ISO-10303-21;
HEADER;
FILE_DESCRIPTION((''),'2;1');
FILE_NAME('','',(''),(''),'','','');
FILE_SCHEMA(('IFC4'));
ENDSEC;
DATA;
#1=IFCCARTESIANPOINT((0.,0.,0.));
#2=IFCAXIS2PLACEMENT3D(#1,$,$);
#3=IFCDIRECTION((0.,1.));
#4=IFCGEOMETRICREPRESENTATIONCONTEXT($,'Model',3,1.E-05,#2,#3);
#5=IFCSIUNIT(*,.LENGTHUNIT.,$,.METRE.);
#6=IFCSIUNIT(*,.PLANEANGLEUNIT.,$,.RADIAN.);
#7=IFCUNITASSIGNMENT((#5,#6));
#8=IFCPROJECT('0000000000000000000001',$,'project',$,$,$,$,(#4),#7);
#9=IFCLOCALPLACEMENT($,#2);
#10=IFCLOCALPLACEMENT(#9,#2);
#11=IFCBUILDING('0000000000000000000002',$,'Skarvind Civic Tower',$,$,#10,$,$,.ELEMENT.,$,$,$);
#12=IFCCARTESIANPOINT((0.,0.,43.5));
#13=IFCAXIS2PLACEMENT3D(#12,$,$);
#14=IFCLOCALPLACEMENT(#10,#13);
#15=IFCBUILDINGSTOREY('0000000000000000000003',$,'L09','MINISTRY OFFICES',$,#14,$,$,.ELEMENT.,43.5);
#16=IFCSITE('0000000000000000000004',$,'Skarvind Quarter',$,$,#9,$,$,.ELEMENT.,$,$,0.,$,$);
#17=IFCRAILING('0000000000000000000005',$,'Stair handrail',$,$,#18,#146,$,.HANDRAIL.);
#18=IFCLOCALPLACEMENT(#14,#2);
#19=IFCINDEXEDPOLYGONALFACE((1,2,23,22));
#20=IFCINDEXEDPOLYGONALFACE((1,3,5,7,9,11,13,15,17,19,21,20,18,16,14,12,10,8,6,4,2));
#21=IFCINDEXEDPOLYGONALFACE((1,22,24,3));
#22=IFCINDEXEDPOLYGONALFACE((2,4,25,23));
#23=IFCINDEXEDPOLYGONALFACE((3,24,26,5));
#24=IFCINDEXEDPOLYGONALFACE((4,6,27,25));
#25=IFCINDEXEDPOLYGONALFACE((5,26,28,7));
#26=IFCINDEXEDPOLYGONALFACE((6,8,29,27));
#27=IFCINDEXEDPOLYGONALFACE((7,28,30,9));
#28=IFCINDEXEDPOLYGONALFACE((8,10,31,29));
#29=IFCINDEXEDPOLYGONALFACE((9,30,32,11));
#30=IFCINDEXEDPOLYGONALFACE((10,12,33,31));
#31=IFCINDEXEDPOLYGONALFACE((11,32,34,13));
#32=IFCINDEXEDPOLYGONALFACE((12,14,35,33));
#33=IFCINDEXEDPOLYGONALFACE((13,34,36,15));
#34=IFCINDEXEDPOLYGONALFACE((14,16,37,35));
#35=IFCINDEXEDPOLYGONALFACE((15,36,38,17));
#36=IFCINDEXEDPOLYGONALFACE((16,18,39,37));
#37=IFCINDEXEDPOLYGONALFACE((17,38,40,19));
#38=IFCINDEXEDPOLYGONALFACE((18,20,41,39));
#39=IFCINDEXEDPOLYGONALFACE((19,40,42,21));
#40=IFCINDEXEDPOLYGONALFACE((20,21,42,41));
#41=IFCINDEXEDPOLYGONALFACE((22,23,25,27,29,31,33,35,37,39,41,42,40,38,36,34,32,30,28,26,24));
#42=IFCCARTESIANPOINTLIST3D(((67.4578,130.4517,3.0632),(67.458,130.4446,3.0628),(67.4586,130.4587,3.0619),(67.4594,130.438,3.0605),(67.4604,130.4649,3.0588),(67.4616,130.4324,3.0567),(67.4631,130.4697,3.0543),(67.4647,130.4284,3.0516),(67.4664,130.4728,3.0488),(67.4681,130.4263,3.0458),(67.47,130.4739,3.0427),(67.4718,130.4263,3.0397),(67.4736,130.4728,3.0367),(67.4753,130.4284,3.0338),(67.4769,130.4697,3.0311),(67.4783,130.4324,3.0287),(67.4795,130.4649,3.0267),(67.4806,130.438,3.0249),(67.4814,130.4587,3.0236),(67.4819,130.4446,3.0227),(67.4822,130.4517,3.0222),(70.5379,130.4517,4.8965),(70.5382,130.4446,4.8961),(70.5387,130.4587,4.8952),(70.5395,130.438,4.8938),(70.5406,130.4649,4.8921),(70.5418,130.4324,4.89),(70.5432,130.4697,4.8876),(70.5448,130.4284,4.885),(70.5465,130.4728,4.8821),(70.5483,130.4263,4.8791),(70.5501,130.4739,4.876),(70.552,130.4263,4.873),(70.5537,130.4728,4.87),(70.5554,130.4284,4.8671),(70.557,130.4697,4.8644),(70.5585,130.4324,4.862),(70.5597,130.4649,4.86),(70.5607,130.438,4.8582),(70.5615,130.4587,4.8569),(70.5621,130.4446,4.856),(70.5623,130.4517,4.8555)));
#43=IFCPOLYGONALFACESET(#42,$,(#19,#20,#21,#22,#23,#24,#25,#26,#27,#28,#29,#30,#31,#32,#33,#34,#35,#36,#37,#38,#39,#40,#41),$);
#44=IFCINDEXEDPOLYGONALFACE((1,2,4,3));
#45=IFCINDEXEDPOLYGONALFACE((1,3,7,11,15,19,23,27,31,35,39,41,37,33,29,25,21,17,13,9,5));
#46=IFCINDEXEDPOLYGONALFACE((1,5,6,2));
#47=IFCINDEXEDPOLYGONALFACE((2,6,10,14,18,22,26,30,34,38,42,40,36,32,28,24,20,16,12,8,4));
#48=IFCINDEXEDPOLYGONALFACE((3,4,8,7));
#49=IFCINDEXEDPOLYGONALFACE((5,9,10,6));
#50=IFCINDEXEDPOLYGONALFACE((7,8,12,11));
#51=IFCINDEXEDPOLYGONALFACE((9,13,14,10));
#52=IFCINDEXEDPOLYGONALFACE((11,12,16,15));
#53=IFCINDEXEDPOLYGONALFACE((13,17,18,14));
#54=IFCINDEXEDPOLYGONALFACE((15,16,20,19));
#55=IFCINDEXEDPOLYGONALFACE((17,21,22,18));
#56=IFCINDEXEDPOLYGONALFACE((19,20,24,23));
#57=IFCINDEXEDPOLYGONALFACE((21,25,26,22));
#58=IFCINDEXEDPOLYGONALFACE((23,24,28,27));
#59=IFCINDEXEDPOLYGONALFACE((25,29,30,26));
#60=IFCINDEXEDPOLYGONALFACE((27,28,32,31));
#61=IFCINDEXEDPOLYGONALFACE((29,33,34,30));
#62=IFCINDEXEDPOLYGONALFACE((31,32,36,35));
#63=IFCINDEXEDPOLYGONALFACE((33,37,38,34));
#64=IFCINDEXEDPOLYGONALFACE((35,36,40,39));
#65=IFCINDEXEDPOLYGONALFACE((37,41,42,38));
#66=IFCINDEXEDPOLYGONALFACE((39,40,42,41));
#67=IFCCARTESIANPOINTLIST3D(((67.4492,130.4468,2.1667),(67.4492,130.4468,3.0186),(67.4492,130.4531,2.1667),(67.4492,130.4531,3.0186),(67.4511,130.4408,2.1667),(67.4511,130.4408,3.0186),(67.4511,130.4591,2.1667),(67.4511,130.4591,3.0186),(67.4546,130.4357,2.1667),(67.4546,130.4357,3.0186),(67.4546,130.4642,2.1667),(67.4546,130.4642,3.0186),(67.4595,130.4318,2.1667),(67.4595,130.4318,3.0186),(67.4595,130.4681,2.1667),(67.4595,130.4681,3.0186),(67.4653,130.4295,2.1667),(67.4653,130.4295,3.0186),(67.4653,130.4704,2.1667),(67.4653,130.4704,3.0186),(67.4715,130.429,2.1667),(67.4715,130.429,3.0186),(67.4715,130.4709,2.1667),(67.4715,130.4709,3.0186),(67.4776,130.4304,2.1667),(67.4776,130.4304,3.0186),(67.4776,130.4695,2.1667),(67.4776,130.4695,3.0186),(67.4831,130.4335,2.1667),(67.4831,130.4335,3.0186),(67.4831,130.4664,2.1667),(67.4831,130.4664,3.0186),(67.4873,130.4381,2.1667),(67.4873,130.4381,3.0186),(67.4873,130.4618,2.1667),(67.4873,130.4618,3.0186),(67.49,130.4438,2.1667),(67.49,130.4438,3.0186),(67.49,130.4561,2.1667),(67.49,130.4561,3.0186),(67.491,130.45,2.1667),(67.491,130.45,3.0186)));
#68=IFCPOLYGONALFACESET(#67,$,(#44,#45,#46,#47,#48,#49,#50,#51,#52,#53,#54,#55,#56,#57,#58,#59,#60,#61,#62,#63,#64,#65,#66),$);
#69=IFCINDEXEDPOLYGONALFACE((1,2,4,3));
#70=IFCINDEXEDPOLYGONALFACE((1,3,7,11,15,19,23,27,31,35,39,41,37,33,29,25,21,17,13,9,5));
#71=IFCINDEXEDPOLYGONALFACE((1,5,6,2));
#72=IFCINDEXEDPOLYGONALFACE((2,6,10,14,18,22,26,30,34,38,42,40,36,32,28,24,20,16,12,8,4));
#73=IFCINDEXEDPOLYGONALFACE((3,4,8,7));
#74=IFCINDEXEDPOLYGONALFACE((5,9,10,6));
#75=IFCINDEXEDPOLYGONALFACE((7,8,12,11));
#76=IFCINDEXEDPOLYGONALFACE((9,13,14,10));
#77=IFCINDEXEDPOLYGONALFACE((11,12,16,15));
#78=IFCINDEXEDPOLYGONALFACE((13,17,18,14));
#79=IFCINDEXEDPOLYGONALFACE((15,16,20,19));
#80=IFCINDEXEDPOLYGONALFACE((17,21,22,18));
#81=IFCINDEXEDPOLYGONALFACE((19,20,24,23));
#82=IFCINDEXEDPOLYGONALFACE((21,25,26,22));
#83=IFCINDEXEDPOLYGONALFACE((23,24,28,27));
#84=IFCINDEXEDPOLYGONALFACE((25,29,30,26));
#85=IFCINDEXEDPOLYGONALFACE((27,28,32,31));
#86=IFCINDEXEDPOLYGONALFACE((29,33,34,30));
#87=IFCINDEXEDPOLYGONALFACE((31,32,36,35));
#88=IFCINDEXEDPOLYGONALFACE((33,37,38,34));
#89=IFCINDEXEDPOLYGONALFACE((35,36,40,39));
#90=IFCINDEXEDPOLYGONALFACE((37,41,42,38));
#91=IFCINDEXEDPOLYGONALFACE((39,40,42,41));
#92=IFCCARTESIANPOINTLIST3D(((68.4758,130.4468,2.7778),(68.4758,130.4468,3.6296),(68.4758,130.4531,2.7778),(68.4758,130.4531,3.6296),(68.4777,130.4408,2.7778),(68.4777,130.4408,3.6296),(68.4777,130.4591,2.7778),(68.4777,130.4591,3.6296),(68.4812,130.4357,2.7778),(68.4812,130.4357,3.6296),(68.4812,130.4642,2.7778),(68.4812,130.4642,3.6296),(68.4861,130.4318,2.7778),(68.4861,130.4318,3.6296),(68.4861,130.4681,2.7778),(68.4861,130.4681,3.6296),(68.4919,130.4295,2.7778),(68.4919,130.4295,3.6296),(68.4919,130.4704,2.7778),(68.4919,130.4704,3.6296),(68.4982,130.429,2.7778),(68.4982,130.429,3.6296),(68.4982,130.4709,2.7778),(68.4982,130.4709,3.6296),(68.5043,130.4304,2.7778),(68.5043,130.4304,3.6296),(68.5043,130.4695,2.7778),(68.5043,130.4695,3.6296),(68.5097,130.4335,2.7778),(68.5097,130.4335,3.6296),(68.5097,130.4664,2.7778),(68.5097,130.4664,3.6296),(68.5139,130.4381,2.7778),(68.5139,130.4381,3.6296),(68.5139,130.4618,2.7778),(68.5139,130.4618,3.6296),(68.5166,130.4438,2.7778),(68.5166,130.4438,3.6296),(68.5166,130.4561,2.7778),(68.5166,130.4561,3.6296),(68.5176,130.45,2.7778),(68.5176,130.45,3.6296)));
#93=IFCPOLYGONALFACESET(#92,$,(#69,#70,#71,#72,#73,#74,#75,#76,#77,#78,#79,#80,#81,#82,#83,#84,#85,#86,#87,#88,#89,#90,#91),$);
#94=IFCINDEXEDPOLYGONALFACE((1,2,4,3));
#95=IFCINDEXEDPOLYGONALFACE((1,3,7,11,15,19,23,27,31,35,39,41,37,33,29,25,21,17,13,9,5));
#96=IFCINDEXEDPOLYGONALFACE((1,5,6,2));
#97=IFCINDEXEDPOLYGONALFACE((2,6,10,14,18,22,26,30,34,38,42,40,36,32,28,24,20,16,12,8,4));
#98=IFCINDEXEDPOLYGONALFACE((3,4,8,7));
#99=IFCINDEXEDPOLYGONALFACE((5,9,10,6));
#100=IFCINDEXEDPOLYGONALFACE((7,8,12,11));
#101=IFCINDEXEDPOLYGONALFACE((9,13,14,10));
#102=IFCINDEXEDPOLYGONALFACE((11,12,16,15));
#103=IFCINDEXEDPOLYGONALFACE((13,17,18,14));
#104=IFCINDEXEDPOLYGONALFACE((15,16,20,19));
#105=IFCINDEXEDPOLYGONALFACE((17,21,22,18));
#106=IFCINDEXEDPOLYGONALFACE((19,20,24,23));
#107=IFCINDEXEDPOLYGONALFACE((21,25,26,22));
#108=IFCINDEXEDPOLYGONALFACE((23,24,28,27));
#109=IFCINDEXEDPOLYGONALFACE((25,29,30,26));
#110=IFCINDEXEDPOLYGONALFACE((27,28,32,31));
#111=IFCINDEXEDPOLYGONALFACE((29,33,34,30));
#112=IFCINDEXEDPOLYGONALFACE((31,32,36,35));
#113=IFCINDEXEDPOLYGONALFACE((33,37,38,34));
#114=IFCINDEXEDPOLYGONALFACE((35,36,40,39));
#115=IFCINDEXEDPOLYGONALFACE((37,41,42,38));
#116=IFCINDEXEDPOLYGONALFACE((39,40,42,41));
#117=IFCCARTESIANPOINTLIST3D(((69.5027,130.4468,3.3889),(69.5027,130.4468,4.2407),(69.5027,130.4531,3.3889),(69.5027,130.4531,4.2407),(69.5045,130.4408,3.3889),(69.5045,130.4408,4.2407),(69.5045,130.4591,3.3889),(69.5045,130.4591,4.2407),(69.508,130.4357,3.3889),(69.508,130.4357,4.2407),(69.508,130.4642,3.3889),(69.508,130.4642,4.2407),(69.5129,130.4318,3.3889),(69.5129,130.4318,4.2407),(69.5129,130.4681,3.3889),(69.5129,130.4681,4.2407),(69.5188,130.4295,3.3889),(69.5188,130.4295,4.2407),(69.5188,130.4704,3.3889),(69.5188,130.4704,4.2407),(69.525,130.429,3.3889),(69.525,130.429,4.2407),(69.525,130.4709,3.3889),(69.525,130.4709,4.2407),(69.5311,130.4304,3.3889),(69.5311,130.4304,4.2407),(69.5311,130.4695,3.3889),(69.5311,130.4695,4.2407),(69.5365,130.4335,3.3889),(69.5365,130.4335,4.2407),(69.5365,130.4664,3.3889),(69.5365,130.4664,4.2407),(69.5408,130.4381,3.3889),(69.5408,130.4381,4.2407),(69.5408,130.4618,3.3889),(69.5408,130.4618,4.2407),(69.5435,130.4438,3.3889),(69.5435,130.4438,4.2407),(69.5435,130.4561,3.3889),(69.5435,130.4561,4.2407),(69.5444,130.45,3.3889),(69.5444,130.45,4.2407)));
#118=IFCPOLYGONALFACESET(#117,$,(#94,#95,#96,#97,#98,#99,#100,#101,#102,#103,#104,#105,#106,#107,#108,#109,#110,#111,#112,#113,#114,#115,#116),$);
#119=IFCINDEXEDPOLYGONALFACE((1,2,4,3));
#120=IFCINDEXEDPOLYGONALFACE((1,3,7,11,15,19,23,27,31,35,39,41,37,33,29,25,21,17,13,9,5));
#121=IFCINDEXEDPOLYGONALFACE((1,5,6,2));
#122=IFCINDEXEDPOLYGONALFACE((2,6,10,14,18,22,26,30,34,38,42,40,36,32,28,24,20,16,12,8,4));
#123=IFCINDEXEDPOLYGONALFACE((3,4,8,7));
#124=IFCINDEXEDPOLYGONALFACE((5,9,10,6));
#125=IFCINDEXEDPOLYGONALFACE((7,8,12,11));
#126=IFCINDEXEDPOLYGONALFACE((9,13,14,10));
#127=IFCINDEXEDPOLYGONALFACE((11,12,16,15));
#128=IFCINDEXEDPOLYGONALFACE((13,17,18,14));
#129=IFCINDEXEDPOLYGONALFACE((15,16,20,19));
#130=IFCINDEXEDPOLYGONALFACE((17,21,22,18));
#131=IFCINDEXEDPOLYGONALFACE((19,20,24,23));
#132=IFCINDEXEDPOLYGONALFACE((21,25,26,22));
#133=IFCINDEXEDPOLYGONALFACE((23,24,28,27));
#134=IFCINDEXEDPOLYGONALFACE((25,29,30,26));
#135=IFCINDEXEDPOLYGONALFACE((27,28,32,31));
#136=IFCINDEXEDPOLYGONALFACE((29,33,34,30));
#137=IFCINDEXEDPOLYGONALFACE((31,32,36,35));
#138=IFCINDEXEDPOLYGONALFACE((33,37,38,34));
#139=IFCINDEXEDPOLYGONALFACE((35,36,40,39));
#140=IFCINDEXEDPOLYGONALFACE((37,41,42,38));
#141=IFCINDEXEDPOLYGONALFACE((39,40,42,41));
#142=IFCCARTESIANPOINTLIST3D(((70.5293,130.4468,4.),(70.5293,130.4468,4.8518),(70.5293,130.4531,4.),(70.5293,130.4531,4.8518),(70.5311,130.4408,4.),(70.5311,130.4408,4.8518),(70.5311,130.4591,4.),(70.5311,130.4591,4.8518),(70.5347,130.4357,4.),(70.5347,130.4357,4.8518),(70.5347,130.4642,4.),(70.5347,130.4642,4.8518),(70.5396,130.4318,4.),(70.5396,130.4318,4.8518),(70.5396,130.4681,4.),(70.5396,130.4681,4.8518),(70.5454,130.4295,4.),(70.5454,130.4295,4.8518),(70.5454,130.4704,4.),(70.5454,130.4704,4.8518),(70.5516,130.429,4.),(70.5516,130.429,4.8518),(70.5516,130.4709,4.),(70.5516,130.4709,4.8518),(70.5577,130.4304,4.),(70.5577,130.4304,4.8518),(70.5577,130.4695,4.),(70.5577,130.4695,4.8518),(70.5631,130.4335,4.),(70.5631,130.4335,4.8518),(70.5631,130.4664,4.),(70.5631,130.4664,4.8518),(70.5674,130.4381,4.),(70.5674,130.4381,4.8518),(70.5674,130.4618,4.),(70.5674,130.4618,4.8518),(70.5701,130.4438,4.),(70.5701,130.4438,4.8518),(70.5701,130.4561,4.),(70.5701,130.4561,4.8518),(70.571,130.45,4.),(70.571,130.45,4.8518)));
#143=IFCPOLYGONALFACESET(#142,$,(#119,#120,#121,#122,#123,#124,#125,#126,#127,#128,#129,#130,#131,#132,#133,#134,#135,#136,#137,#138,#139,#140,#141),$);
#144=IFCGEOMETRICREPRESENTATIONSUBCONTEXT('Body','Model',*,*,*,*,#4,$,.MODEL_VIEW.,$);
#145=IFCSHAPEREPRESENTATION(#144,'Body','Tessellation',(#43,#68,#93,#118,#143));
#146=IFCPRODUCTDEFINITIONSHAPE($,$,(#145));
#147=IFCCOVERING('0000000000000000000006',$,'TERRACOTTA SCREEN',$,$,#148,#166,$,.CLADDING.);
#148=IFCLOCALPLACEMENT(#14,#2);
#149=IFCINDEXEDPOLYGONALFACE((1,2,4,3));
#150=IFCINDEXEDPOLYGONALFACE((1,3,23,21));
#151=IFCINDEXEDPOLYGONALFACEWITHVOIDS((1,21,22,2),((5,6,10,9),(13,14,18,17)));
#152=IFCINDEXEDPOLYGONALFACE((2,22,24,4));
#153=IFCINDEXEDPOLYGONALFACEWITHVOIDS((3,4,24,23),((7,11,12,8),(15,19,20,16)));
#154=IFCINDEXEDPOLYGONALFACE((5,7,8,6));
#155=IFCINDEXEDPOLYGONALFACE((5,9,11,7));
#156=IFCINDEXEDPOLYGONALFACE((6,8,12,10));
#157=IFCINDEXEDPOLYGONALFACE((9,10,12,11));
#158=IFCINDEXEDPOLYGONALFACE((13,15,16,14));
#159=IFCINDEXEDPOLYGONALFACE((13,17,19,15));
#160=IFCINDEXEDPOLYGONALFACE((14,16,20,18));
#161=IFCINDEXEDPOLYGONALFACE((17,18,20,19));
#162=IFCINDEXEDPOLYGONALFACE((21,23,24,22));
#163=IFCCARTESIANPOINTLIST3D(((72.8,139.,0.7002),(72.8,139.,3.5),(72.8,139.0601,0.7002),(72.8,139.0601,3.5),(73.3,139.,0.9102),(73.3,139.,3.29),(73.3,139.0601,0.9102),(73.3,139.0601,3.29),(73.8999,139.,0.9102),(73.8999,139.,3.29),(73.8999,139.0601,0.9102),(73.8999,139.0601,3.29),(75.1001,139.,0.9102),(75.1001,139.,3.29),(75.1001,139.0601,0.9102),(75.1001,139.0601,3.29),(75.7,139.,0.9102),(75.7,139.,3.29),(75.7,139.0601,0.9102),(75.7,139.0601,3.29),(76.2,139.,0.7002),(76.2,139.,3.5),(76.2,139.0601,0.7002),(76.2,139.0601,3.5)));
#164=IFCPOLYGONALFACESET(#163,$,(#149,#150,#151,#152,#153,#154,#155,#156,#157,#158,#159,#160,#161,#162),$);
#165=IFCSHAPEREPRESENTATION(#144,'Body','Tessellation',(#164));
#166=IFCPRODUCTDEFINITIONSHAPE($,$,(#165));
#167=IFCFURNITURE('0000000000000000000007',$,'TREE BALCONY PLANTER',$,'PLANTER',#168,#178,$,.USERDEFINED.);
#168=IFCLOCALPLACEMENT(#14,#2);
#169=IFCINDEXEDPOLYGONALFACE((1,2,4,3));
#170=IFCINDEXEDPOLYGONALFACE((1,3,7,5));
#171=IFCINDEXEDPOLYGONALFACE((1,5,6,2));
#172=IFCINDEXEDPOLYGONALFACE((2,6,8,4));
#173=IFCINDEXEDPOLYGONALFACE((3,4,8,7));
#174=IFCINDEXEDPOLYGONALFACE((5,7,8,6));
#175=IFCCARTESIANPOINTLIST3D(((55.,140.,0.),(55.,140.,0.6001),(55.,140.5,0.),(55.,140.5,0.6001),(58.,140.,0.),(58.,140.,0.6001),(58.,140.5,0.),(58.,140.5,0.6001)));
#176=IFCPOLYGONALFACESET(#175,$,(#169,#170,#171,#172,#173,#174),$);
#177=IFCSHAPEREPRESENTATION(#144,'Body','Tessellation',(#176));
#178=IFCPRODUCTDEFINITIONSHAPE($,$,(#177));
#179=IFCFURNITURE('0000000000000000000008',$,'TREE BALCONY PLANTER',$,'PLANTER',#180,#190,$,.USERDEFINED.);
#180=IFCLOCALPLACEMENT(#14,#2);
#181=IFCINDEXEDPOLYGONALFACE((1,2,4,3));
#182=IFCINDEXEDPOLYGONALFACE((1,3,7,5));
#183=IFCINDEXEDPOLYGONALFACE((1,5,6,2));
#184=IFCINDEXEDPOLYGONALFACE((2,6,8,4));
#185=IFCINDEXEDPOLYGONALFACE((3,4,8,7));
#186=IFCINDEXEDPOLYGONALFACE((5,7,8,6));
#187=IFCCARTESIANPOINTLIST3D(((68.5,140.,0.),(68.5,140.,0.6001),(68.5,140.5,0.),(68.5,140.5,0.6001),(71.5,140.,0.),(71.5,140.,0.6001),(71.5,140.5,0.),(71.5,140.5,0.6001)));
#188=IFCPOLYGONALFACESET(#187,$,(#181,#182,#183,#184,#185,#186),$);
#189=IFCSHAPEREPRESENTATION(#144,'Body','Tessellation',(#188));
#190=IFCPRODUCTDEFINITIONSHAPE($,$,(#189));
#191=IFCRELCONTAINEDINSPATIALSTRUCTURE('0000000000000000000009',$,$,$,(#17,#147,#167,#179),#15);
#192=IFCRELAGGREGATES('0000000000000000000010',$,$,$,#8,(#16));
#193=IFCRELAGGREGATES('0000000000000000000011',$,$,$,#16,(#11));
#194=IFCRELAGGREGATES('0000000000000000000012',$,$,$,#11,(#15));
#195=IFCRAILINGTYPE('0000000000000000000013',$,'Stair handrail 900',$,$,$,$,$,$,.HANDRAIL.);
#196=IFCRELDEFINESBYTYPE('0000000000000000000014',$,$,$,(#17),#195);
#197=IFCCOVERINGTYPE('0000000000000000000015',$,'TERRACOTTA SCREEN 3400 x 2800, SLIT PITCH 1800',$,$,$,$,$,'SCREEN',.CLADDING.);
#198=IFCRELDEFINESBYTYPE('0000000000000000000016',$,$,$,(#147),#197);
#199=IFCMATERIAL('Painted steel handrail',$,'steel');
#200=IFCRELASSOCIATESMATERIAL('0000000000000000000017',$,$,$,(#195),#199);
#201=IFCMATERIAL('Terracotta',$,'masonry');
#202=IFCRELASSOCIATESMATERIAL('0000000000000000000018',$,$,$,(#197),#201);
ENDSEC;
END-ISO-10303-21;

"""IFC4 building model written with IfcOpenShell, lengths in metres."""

from ifc_helpers import new_model, si_unit, direction, frame, origin, origin_2d, place, context, subcontext, project, spatial, polyline, rectangle, circle, outline, extrude, material, material_profile, profile_set, type_object, element, save


model = new_model("IFC4")

# Units and contexts
model_context = context("Model", 3, precision=1e-05, world=origin(), true_north=direction((0.0, 1.0)))
body_context = subcontext(model_context, "Body", "Model", "MODEL_VIEW")
ifc_project = project(units=[si_unit("LENGTHUNIT", "METRE"), si_unit("PLANEANGLEUNIT", "RADIAN")], contexts=[model_context])

# Site, building, storey
site_placement = place(None, origin())
site = spatial("IfcSite", under=ifc_project, at=site_placement, Name="Skarvind Quarter", CompositionType="ELEMENT", RefElevation=0.0)
building_placement = place(site_placement, origin())
building = spatial("IfcBuilding", under=site, at=building_placement, Name="Skarvind Civic Tower", CompositionType="ELEMENT")
storey_placement = place(building_placement, frame((0.0, 0.0, 43.5)))
storey = spatial("IfcBuildingStorey", under=building, at=storey_placement, Name="L09", Description="MINISTRY OFFICES", CompositionType="ELEMENT", Elevation=43.5)

# Railing
ifc_material_1 = material(Name="Painted steel handrail", Category="steel")
railing_type_1 = type_object("IfcRailingType", Name="Stair handrail 900", PredefinedType="HANDRAIL", material=ifc_material_1)
railing_1_placement = place(storey_placement, frame((67.47, 130.45, 2.1667)))
element("IfcRailing", 1, at=railing_1_placement, inside=storey, type_object=railing_type_1, Name="Stair handrail", PredefinedType="HANDRAIL", context=body_context, shape_type="SweptSolid", body=[
    extrude(circle(Radius=0.0239, at=origin_2d()), frame((0.0, 0.0, 0.876), z_axis=(0.859309, 0.0, 0.511458), x_axis=(0.0, 1.0, 0.0)), (0.0, 0.0, 1.0), 3.5845),
    extrude(circle(Radius=0.021, at=origin_2d()), origin(), (0.0, 0.0, 1.0), 0.8518),
    extrude(circle(Radius=0.021, at=origin_2d()), frame((1.0266, 0.0, 0.6111)), (0.0, 0.0, 1.0), 0.8518),
    extrude(circle(Radius=0.021, at=origin_2d()), frame((2.0535, 0.0, 1.2222)), (0.0, 0.0, 1.0), 0.8518),
    extrude(circle(Radius=0.021, at=origin_2d()), frame((3.0801, 0.0, 1.8333)), (0.0, 0.0, 1.0), 0.8518),
])

# Covering
ifc_material_2 = material(Name="Terracotta", Category="masonry")
ifc_material_profile_1 = material_profile(ifc_material_2, outline(polyline([(-1.7, -1.3999), (1.7, -1.3999), (1.7, 1.3999), (-1.7, 1.3999), (-1.7, -1.3999)]), holes=[polyline([(-1.2, -1.1899), (-0.6001, -1.1899), (-0.6001, 1.1899), (-1.2, 1.1899), (-1.2, -1.1899)]), polyline([(0.6001, -1.1899), (1.2, -1.1899), (1.2, 1.1899), (0.6001, 1.1899), (0.6001, -1.1899)])]), Name="TERRACOTTA SCREEN 3400 x 2800, SLIT PITCH 1800")
ifc_profile_set_1 = profile_set([ifc_material_profile_1], Name="Terracotta")
covering_type = type_object("IfcCoveringType", Name="TERRACOTTA SCREEN 3400 x 2800, SLIT PITCH 1800", ElementType="SCREEN", PredefinedType="CLADDING", material=ifc_profile_set_1)
covering_placement = place(storey_placement, frame((74.5, 139.0, 2.1001), z_axis=(0.0, 1.0, 0.0), x_axis=(-1.0, 0.0, 0.0)))
element("IfcCovering", 2, at=covering_placement, inside=storey, type_object=covering_type, Name="TERRACOTTA SCREEN", PredefinedType="CLADDING", context=body_context, shape_type="SweptSolid", body=[
    extrude(outline(polyline([(-1.7, -1.3999), (1.7, -1.3999), (1.7, 1.3999), (-1.7, 1.3999), (-1.7, -1.3999)]), holes=[polyline([(-1.2, -1.1899), (-0.6001, -1.1899), (-0.6001, 1.1899), (-1.2, 1.1899), (-1.2, -1.1899)]), polyline([(0.6001, -1.1899), (1.2, -1.1899), (1.2, 1.1899), (0.6001, 1.1899), (0.6001, -1.1899)])]), origin(), (0.0, 0.0, 1.0), 0.0601),
])

# Furniture
for number, where, z_axis, x_axis, name in (
    (3, (56.5, 140.25, 0.0), (0.0, 0.0, 1.0), (1.0, 0.0, 0.0), "TREE BALCONY PLANTER"),
    (4, (70.0, 140.25, 0.0), (0.0, 0.0, 1.0), (1.0, 0.0, 0.0), "TREE BALCONY PLANTER"),
):
    element("IfcFurniture", number, at=place(storey_placement, frame(where, z_axis=z_axis, x_axis=x_axis)), inside=storey, Name=name, ObjectType="PLANTER", PredefinedType="USERDEFINED", context=body_context, shape_type="SweptSolid", body=[
        extrude(rectangle(XDim=3.0, YDim=0.5, at=origin_2d()), origin(), (0.0, 0.0, 1.0), 0.6001),
    ])

save(model, "model.ifc")
